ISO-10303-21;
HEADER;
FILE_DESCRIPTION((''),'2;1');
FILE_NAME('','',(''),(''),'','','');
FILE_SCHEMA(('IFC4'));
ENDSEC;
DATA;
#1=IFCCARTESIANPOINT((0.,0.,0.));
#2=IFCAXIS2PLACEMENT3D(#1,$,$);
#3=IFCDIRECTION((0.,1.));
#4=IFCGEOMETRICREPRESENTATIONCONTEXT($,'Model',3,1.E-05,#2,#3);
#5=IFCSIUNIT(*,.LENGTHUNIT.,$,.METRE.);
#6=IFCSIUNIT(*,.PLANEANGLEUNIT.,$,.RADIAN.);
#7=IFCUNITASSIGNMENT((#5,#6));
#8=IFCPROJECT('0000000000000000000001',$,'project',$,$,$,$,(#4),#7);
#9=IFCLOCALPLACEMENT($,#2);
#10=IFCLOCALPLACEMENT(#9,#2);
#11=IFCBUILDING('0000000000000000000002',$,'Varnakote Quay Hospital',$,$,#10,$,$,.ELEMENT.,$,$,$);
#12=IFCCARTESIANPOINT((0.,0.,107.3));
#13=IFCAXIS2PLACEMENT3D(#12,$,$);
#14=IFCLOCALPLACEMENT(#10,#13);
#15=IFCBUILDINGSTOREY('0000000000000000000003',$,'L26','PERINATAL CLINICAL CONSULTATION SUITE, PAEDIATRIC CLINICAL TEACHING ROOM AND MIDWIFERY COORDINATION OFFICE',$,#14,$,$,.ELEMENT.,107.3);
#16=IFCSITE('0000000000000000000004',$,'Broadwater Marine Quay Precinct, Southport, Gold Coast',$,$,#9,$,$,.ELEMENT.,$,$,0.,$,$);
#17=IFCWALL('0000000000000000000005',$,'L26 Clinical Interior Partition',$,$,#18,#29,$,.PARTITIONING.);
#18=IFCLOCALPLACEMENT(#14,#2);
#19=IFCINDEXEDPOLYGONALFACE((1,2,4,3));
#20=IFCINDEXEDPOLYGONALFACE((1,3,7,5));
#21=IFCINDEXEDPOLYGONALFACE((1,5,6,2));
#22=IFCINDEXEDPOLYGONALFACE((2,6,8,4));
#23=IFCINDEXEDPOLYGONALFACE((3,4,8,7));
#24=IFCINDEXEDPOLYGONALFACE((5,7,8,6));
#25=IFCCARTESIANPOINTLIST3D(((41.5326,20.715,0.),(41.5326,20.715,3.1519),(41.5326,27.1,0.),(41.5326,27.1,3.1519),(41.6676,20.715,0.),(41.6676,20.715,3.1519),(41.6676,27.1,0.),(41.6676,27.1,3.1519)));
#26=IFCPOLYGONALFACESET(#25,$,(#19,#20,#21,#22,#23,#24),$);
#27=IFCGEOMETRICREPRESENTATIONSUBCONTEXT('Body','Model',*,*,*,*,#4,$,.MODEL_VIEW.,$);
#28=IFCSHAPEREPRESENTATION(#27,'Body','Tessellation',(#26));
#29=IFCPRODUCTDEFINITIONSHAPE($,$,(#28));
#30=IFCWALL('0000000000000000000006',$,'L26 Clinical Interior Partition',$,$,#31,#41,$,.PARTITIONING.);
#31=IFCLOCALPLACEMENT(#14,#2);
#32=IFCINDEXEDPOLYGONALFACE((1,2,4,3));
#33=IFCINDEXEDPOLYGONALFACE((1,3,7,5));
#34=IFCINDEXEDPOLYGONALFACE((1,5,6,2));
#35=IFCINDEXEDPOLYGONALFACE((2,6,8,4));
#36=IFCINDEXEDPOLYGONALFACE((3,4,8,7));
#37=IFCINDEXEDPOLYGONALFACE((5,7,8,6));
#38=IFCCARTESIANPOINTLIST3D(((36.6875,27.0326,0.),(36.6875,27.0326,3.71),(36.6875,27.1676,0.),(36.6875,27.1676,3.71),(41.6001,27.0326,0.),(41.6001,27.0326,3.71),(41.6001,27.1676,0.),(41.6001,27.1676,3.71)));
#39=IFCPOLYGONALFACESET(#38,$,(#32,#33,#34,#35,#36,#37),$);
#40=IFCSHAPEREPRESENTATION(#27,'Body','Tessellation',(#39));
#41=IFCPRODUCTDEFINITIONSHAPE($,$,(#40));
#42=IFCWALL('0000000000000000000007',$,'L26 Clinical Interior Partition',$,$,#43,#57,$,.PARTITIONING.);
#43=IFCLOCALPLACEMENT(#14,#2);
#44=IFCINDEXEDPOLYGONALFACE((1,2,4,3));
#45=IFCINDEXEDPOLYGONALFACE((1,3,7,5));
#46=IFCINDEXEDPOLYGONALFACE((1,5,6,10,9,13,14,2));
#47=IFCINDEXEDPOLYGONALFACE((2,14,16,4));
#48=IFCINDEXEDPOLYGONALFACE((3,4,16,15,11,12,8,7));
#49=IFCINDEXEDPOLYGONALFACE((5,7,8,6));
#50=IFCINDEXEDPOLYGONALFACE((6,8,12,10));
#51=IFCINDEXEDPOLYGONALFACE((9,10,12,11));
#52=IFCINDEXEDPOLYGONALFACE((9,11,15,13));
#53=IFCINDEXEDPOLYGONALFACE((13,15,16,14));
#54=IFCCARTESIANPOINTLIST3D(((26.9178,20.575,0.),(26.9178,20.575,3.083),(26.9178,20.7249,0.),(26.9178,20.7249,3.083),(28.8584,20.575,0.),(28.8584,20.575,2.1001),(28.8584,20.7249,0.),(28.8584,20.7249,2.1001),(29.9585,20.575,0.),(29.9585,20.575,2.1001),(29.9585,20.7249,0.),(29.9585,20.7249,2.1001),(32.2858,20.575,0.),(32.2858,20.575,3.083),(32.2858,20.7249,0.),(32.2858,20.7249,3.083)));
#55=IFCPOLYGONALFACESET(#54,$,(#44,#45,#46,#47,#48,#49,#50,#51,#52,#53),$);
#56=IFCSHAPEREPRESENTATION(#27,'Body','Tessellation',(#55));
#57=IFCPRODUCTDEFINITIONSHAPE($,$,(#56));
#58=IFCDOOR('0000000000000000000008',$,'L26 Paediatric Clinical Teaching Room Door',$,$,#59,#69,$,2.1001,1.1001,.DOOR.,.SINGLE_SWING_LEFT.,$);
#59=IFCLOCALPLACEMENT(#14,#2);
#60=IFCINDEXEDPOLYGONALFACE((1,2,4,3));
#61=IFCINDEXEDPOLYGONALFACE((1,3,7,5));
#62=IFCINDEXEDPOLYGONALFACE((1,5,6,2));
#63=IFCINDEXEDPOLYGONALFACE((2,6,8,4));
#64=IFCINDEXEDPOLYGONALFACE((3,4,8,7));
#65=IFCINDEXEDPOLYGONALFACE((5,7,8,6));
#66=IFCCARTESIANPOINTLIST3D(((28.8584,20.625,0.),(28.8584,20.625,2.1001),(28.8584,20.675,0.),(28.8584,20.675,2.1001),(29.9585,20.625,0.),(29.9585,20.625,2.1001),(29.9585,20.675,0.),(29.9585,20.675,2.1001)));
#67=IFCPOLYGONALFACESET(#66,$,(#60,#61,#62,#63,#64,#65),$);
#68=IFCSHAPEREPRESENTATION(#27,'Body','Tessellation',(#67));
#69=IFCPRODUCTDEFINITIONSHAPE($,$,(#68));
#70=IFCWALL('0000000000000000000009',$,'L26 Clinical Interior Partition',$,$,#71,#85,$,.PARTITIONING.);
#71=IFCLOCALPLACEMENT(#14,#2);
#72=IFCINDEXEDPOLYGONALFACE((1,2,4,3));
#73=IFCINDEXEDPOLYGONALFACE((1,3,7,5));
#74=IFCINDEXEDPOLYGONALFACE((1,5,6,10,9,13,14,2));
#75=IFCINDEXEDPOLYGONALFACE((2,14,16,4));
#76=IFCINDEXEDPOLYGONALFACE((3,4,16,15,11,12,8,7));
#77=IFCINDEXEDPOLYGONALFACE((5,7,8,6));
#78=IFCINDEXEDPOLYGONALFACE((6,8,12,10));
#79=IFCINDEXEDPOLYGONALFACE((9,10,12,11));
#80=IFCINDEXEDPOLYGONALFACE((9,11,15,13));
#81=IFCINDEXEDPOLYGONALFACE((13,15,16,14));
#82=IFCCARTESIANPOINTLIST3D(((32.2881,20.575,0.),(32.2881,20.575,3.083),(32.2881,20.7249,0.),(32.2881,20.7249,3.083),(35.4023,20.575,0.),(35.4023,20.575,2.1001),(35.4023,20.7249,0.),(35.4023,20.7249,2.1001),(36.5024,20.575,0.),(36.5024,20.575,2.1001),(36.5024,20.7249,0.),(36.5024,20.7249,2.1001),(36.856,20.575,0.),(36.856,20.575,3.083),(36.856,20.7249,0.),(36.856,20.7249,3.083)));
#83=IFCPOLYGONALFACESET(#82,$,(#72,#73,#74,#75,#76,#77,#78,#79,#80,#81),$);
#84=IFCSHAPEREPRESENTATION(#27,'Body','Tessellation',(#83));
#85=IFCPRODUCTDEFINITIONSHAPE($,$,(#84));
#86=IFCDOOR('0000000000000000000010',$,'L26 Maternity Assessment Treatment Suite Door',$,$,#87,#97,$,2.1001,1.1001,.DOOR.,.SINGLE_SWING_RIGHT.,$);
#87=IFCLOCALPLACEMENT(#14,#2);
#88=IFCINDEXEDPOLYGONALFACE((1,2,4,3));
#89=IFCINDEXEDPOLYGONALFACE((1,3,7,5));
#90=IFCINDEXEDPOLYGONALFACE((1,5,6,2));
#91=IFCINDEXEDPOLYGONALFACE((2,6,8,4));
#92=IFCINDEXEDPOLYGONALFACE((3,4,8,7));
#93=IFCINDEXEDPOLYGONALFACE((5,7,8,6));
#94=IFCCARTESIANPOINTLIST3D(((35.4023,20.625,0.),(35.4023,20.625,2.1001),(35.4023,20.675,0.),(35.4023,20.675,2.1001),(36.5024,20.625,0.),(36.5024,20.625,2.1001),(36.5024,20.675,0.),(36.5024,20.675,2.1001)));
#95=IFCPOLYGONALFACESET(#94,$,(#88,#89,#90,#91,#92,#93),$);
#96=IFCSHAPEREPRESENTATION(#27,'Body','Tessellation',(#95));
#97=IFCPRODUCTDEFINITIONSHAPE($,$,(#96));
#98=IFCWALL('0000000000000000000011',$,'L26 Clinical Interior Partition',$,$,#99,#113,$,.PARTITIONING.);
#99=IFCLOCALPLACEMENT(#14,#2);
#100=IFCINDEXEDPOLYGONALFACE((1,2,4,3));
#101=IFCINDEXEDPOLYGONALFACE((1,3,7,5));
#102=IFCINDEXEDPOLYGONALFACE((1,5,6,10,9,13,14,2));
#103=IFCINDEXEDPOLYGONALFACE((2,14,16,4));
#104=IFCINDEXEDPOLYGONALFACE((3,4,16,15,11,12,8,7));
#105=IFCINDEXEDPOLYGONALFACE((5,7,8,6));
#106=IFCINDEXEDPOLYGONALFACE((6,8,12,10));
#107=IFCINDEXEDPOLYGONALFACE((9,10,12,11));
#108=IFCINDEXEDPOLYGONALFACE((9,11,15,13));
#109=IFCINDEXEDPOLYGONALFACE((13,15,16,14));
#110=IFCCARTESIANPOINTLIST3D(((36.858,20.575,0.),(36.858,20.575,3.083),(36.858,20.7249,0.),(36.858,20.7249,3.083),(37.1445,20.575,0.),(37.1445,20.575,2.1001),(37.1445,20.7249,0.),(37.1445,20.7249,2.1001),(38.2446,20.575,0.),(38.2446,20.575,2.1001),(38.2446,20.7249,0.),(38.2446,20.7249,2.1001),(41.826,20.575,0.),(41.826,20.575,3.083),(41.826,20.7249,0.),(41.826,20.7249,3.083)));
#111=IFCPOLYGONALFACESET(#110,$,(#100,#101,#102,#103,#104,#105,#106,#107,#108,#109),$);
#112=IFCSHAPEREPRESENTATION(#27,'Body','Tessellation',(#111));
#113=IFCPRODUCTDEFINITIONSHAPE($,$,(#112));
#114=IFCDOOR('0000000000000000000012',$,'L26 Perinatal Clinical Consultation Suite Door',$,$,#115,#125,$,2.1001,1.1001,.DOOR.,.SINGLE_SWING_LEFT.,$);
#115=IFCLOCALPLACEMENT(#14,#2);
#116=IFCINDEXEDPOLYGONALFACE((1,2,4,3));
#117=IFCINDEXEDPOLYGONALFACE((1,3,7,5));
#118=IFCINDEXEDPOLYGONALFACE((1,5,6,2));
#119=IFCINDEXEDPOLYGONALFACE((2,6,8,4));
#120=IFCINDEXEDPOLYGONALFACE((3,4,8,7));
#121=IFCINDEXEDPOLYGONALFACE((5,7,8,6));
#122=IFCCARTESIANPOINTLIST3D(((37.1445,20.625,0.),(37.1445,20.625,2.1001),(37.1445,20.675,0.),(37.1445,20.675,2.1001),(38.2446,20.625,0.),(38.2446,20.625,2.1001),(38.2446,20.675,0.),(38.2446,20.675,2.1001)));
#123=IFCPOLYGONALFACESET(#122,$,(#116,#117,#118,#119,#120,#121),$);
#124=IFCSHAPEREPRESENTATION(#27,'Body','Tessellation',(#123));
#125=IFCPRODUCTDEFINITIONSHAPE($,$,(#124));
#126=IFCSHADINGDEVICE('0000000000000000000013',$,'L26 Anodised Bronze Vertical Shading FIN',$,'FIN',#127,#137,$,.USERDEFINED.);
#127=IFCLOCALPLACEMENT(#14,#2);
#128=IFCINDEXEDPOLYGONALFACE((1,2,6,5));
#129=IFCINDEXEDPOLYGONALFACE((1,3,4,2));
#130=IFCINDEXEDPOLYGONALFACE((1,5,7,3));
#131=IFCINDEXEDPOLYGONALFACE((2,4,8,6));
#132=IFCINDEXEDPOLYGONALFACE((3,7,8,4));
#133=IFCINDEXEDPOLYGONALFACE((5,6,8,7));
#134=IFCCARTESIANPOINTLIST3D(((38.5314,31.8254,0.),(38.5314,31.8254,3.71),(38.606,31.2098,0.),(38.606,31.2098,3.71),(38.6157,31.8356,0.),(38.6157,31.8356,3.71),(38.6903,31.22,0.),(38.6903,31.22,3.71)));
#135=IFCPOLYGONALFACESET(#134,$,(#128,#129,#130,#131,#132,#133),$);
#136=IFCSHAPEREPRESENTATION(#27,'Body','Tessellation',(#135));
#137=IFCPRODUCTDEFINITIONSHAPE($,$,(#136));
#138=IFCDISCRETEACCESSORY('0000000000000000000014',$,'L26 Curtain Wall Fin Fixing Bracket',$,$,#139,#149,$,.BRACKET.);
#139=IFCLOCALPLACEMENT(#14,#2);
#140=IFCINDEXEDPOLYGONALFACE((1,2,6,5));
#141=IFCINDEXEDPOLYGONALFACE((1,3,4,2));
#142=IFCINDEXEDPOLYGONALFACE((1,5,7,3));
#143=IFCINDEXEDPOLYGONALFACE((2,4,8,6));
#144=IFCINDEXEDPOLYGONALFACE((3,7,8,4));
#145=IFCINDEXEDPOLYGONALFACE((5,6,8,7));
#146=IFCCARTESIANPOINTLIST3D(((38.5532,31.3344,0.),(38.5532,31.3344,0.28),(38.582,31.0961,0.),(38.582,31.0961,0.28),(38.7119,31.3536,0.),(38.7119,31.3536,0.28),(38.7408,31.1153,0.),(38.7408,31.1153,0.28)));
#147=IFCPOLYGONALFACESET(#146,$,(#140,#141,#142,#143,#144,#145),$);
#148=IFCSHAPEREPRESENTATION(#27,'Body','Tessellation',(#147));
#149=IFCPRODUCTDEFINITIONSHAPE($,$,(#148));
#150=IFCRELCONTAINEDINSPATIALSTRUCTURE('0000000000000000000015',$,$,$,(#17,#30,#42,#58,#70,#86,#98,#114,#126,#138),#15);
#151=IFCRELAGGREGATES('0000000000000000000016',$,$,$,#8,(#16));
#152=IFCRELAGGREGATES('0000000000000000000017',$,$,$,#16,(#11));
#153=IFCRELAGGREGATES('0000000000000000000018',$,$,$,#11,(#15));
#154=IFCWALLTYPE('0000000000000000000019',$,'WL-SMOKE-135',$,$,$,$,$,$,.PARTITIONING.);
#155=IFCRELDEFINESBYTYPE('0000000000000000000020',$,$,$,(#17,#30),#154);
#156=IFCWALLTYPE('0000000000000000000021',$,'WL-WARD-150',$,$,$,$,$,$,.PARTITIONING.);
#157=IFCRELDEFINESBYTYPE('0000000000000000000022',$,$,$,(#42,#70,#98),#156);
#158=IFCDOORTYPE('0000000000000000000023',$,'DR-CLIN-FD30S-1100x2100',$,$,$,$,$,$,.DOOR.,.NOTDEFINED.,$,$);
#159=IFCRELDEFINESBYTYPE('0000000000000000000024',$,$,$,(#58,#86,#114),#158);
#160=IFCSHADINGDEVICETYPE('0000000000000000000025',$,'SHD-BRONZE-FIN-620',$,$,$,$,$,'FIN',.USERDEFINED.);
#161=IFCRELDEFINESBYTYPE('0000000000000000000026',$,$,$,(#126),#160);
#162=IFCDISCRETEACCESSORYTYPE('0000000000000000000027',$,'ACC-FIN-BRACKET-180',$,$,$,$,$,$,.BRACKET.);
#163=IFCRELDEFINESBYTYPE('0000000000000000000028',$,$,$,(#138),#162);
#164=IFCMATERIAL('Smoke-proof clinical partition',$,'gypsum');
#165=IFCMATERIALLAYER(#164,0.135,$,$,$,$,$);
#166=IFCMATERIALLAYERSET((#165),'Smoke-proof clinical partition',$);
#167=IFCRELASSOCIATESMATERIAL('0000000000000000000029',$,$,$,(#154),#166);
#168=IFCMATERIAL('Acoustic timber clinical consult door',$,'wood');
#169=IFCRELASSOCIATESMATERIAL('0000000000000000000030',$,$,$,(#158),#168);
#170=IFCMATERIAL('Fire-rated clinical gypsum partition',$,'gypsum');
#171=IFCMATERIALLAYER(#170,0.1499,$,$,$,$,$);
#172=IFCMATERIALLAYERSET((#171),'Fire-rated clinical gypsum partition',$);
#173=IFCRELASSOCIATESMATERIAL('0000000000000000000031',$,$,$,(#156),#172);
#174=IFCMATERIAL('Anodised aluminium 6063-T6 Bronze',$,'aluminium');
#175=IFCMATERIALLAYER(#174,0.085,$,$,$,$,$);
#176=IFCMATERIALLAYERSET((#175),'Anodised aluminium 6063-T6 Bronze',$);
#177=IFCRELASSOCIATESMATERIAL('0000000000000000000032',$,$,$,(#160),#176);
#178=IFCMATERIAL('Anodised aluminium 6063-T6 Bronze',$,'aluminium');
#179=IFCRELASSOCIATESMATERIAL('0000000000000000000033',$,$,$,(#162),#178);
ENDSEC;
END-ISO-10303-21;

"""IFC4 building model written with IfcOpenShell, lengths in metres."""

from ifc_helpers import new_model, si_unit, direction, frame, frame_2d, origin, origin_2d, place, context, subcontext, project, spatial, rectangle, extrude, material, layer, layer_set, type_object, element, fill, save


model = new_model("IFC4")

# Units and contexts
model_context = context("Model", 3, precision=1e-05, world=origin(), true_north=direction((0.0, 1.0)))
body_context = subcontext(model_context, "Body", "Model", "MODEL_VIEW")
ifc_project = project(units=[si_unit("LENGTHUNIT", "METRE"), si_unit("PLANEANGLEUNIT", "RADIAN")], contexts=[model_context])

# Site, building, storey
site_placement = place(None, origin())
site = spatial("IfcSite", under=ifc_project, at=site_placement, Name="Broadwater Marine Quay Precinct, Southport, Gold Coast", CompositionType="ELEMENT", RefElevation=0.0)
building_placement = place(site_placement, origin())
building = spatial("IfcBuilding", under=site, at=building_placement, Name="Varnakote Quay Hospital", CompositionType="ELEMENT")
storey_placement = place(building_placement, frame((0.0, 0.0, 107.3)))
storey = spatial("IfcBuildingStorey", under=building, at=storey_placement, Name="L26", Description="PERINATAL CLINICAL CONSULTATION SUITE, PAEDIATRIC CLINICAL TEACHING ROOM AND MIDWIFERY COORDINATION OFFICE", CompositionType="ELEMENT", Elevation=107.3)

# Shared definitions
ifc_material_1 = material(Name="Smoke-proof clinical partition", Category="gypsum")
ifc_layer_1 = layer(ifc_material_1, 0.135)
ifc_layer_set_1 = layer_set([ifc_layer_1], Name="Smoke-proof clinical partition")
wall_type_1 = type_object("IfcWallType", Name="WL-SMOKE-135", PredefinedType="PARTITIONING", material=ifc_layer_set_1)

# Shared definitions
ifc_material_2 = material(Name="Acoustic timber clinical consult door", Category="wood")
door_type = type_object("IfcDoorType", Name="DR-CLIN-FD30S-1100x2100", OperationType="NOTDEFINED", PredefinedType="DOOR", material=ifc_material_2)

# Walls
wall_1_placement = place(storey_placement, frame((41.6001, 20.7151, 0.0), z_axis=(0.0, 0.0, 1.0), x_axis=(0.0, 1.0, 0.0)))
element("IfcWall", 1, at=wall_1_placement, inside=storey, type_object=wall_type_1, Name="L26 Clinical Interior Partition", PredefinedType="PARTITIONING", context=body_context, shape_type="SweptSolid", body=[
    extrude(rectangle(XDim=6.385, YDim=0.135, at=frame_2d((3.1924, 0.0))), origin(), (0.0, 0.0, 1.0), 3.1519),
])
wall_2_placement = place(storey_placement, frame((41.6001, 27.1001, 0.0), z_axis=(0.0, 0.0, 1.0), x_axis=(-1.0, 0.0, 0.0)))
element("IfcWall", 2, at=wall_2_placement, inside=storey, type_object=wall_type_1, Name="L26 Clinical Interior Partition", PredefinedType="PARTITIONING", context=body_context, shape_type="SweptSolid", body=[
    extrude(rectangle(XDim=4.9126, YDim=0.135, at=frame_2d((2.4563, 0.0))), origin(), (0.0, 0.0, 1.0), 3.71),
])

# Walls, openings, doors
ifc_material_3 = material(Name="Fire-rated clinical gypsum partition", Category="gypsum")
ifc_layer_2 = layer(ifc_material_3, 0.1499)
ifc_layer_set_2 = layer_set([ifc_layer_2], Name="Fire-rated clinical gypsum partition")
wall_type_2 = type_object("IfcWallType", Name="WL-WARD-150", PredefinedType="PARTITIONING", material=ifc_layer_set_2)
wall_3_placement = place(storey_placement, frame((32.2859, 20.6499, 0.0), z_axis=(0.0, 0.0, 1.0), x_axis=(-1.0, 0.0, 0.0)))
wall_3 = element("IfcWall", 3, at=wall_3_placement, inside=storey, type_object=wall_type_2, Name="L26 Clinical Interior Partition", PredefinedType="PARTITIONING", context=body_context, shape_type="SweptSolid", body=[
    extrude(rectangle(XDim=5.3679, YDim=0.1499, at=frame_2d((2.6841, 0.0))), origin(), (0.0, 0.0, 1.0), 3.083),
])
opening_1_placement = place(wall_3_placement, frame((2.3274, 0.0, 0.0)))
opening_1 = element("IfcOpeningElement", 4, at=opening_1_placement, cuts=wall_3, PredefinedType="OPENING", context=body_context, shape_type="SweptSolid", body=[
    extrude(rectangle(XDim=1.1001, YDim=2.1001, at=frame_2d((0.55, 1.05))), frame((0.0, 0.085, 0.0), z_axis=(0.0, -1.0, 0.0), x_axis=(1.0, 0.0, 0.0)), (0.0, 0.0, 1.0), 0.1699),
])
door_1_placement = place(opening_1_placement, origin())
door_1 = element("IfcDoor", 5, at=door_1_placement, inside=storey, type_object=door_type, Name="L26 Paediatric Clinical Teaching Room Door", OperationType="SINGLE_SWING_LEFT", OverallHeight=2.1001, OverallWidth=1.1001, PredefinedType="DOOR", context=body_context, shape_type="SweptSolid", body=[
    extrude(rectangle(XDim=1.1001, YDim=2.1001, at=frame_2d((0.55, 1.05))), frame((0.0, 0.0249, 0.0), z_axis=(0.0, -1.0, 0.0), x_axis=(1.0, 0.0, 0.0)), (0.0, 0.0, 1.0), 0.05),
])
fill(opening_1, door_1)
wall_4_placement = place(storey_placement, frame((36.856, 20.6499, 0.0), z_axis=(0.0, 0.0, 1.0), x_axis=(-1.0, 0.0, 0.0)))
wall_4 = element("IfcWall", 6, at=wall_4_placement, inside=storey, type_object=wall_type_2, Name="L26 Clinical Interior Partition", PredefinedType="PARTITIONING", context=body_context, shape_type="SweptSolid", body=[
    extrude(rectangle(XDim=4.5679, YDim=0.1499, at=frame_2d((2.2839, 0.0))), origin(), (0.0, 0.0, 1.0), 3.083),
])
opening_2_placement = place(wall_4_placement, frame((0.3535, 0.0, 0.0)))
opening_2 = element("IfcOpeningElement", 7, at=opening_2_placement, cuts=wall_4, PredefinedType="OPENING", context=body_context, shape_type="SweptSolid", body=[
    extrude(rectangle(XDim=1.1001, YDim=2.1001, at=frame_2d((0.55, 1.05))), frame((0.0, 0.085, 0.0), z_axis=(0.0, -1.0, 0.0), x_axis=(1.0, 0.0, 0.0)), (0.0, 0.0, 1.0), 0.1699),
])
door_2_placement = place(opening_2_placement, origin())
door_2 = element("IfcDoor", 8, at=door_2_placement, inside=storey, type_object=door_type, Name="L26 Maternity Assessment Treatment Suite Door", OperationType="SINGLE_SWING_RIGHT", OverallHeight=2.1001, OverallWidth=1.1001, PredefinedType="DOOR", context=body_context, shape_type="SweptSolid", body=[
    extrude(rectangle(XDim=1.1001, YDim=2.1001, at=frame_2d((0.55, 1.05))), frame((0.0, 0.0249, 0.0), z_axis=(0.0, -1.0, 0.0), x_axis=(1.0, 0.0, 0.0)), (0.0, 0.0, 1.0), 0.05),
])
fill(opening_2, door_2)
wall_5_placement = place(storey_placement, frame((41.8259, 20.6499, 0.0), z_axis=(0.0, 0.0, 1.0), x_axis=(-1.0, 0.0, 0.0)))
wall_5 = element("IfcWall", 9, at=wall_5_placement, inside=storey, type_object=wall_type_2, Name="L26 Clinical Interior Partition", PredefinedType="PARTITIONING", context=body_context, shape_type="SweptSolid", body=[
    extrude(rectangle(XDim=4.968, YDim=0.1499, at=frame_2d((2.4839, 0.0))), origin(), (0.0, 0.0, 1.0), 3.083),
])
opening_3_placement = place(wall_5_placement, frame((3.5813, 0.0, 0.0)))
opening_3 = element("IfcOpeningElement", 10, at=opening_3_placement, cuts=wall_5, PredefinedType="OPENING", context=body_context, shape_type="SweptSolid", body=[
    extrude(rectangle(XDim=1.1001, YDim=2.1001, at=frame_2d((0.55, 1.05))), frame((0.0, 0.085, 0.0), z_axis=(0.0, -1.0, 0.0), x_axis=(1.0, 0.0, 0.0)), (0.0, 0.0, 1.0), 0.1699),
])
door_3_placement = place(opening_3_placement, origin())
door_3 = element("IfcDoor", 11, at=door_3_placement, inside=storey, type_object=door_type, Name="L26 Perinatal Clinical Consultation Suite Door", OperationType="SINGLE_SWING_LEFT", OverallHeight=2.1001, OverallWidth=1.1001, PredefinedType="DOOR", context=body_context, shape_type="SweptSolid", body=[
    extrude(rectangle(XDim=1.1001, YDim=2.1001, at=frame_2d((0.55, 1.05))), frame((0.0, 0.0249, 0.0), z_axis=(0.0, -1.0, 0.0), x_axis=(1.0, 0.0, 0.0)), (0.0, 0.0, 1.0), 0.05),
])
fill(opening_3, door_3)

# Shading device
ifc_material_4 = material(Name="Anodised aluminium 6063-T6 Bronze", Category="aluminium")
ifc_layer_3 = layer(ifc_material_4, 0.085)
ifc_layer_set_3 = layer_set([ifc_layer_3], Name="Anodised aluminium 6063-T6 Bronze")
shading_device_type = type_object("IfcShadingDeviceType", Name="SHD-BRONZE-FIN-620", ElementType="FIN", PredefinedType="USERDEFINED", material=ifc_layer_set_3)
shading_device_placement = place(storey_placement, frame((38.6108, 31.5227, 0.0), z_axis=(0.0, 0.0, 1.0), x_axis=(0.12031, -0.992736, 0.0)))
element("IfcShadingDevice", 12, at=shading_device_placement, inside=storey, type_object=shading_device_type, Name="L26 Anodised Bronze Vertical Shading FIN", ObjectType="FIN", PredefinedType="USERDEFINED", context=body_context, shape_type="SweptSolid", body=[
    extrude(rectangle(XDim=0.6201, YDim=0.085, at=origin_2d()), origin(), (0.0, 0.0, 1.0), 3.71),
])

# Discrete accessory
ifc_material_5 = material(Name="Anodised aluminium 6063-T6 Bronze", Category="aluminium")
discrete_accessory_type = type_object("IfcDiscreteAccessoryType", Name="ACC-FIN-BRACKET-180", PredefinedType="BRACKET", material=ifc_material_5)
discrete_accessory_placement = place(storey_placement, frame((38.647, 31.2249, 0.0), z_axis=(0.0, 0.0, 1.0), x_axis=(-0.992736, -0.12031, 0.0)))
element("IfcDiscreteAccessory", 13, at=discrete_accessory_placement, inside=storey, type_object=discrete_accessory_type, Name="L26 Curtain Wall Fin Fixing Bracket", PredefinedType="BRACKET", context=body_context, shape_type="SweptSolid", body=[
    extrude(rectangle(XDim=0.1599, YDim=0.24, at=origin_2d()), origin(), (0.0, 0.0, 1.0), 0.28),
])

save(model, "model.ifc")
